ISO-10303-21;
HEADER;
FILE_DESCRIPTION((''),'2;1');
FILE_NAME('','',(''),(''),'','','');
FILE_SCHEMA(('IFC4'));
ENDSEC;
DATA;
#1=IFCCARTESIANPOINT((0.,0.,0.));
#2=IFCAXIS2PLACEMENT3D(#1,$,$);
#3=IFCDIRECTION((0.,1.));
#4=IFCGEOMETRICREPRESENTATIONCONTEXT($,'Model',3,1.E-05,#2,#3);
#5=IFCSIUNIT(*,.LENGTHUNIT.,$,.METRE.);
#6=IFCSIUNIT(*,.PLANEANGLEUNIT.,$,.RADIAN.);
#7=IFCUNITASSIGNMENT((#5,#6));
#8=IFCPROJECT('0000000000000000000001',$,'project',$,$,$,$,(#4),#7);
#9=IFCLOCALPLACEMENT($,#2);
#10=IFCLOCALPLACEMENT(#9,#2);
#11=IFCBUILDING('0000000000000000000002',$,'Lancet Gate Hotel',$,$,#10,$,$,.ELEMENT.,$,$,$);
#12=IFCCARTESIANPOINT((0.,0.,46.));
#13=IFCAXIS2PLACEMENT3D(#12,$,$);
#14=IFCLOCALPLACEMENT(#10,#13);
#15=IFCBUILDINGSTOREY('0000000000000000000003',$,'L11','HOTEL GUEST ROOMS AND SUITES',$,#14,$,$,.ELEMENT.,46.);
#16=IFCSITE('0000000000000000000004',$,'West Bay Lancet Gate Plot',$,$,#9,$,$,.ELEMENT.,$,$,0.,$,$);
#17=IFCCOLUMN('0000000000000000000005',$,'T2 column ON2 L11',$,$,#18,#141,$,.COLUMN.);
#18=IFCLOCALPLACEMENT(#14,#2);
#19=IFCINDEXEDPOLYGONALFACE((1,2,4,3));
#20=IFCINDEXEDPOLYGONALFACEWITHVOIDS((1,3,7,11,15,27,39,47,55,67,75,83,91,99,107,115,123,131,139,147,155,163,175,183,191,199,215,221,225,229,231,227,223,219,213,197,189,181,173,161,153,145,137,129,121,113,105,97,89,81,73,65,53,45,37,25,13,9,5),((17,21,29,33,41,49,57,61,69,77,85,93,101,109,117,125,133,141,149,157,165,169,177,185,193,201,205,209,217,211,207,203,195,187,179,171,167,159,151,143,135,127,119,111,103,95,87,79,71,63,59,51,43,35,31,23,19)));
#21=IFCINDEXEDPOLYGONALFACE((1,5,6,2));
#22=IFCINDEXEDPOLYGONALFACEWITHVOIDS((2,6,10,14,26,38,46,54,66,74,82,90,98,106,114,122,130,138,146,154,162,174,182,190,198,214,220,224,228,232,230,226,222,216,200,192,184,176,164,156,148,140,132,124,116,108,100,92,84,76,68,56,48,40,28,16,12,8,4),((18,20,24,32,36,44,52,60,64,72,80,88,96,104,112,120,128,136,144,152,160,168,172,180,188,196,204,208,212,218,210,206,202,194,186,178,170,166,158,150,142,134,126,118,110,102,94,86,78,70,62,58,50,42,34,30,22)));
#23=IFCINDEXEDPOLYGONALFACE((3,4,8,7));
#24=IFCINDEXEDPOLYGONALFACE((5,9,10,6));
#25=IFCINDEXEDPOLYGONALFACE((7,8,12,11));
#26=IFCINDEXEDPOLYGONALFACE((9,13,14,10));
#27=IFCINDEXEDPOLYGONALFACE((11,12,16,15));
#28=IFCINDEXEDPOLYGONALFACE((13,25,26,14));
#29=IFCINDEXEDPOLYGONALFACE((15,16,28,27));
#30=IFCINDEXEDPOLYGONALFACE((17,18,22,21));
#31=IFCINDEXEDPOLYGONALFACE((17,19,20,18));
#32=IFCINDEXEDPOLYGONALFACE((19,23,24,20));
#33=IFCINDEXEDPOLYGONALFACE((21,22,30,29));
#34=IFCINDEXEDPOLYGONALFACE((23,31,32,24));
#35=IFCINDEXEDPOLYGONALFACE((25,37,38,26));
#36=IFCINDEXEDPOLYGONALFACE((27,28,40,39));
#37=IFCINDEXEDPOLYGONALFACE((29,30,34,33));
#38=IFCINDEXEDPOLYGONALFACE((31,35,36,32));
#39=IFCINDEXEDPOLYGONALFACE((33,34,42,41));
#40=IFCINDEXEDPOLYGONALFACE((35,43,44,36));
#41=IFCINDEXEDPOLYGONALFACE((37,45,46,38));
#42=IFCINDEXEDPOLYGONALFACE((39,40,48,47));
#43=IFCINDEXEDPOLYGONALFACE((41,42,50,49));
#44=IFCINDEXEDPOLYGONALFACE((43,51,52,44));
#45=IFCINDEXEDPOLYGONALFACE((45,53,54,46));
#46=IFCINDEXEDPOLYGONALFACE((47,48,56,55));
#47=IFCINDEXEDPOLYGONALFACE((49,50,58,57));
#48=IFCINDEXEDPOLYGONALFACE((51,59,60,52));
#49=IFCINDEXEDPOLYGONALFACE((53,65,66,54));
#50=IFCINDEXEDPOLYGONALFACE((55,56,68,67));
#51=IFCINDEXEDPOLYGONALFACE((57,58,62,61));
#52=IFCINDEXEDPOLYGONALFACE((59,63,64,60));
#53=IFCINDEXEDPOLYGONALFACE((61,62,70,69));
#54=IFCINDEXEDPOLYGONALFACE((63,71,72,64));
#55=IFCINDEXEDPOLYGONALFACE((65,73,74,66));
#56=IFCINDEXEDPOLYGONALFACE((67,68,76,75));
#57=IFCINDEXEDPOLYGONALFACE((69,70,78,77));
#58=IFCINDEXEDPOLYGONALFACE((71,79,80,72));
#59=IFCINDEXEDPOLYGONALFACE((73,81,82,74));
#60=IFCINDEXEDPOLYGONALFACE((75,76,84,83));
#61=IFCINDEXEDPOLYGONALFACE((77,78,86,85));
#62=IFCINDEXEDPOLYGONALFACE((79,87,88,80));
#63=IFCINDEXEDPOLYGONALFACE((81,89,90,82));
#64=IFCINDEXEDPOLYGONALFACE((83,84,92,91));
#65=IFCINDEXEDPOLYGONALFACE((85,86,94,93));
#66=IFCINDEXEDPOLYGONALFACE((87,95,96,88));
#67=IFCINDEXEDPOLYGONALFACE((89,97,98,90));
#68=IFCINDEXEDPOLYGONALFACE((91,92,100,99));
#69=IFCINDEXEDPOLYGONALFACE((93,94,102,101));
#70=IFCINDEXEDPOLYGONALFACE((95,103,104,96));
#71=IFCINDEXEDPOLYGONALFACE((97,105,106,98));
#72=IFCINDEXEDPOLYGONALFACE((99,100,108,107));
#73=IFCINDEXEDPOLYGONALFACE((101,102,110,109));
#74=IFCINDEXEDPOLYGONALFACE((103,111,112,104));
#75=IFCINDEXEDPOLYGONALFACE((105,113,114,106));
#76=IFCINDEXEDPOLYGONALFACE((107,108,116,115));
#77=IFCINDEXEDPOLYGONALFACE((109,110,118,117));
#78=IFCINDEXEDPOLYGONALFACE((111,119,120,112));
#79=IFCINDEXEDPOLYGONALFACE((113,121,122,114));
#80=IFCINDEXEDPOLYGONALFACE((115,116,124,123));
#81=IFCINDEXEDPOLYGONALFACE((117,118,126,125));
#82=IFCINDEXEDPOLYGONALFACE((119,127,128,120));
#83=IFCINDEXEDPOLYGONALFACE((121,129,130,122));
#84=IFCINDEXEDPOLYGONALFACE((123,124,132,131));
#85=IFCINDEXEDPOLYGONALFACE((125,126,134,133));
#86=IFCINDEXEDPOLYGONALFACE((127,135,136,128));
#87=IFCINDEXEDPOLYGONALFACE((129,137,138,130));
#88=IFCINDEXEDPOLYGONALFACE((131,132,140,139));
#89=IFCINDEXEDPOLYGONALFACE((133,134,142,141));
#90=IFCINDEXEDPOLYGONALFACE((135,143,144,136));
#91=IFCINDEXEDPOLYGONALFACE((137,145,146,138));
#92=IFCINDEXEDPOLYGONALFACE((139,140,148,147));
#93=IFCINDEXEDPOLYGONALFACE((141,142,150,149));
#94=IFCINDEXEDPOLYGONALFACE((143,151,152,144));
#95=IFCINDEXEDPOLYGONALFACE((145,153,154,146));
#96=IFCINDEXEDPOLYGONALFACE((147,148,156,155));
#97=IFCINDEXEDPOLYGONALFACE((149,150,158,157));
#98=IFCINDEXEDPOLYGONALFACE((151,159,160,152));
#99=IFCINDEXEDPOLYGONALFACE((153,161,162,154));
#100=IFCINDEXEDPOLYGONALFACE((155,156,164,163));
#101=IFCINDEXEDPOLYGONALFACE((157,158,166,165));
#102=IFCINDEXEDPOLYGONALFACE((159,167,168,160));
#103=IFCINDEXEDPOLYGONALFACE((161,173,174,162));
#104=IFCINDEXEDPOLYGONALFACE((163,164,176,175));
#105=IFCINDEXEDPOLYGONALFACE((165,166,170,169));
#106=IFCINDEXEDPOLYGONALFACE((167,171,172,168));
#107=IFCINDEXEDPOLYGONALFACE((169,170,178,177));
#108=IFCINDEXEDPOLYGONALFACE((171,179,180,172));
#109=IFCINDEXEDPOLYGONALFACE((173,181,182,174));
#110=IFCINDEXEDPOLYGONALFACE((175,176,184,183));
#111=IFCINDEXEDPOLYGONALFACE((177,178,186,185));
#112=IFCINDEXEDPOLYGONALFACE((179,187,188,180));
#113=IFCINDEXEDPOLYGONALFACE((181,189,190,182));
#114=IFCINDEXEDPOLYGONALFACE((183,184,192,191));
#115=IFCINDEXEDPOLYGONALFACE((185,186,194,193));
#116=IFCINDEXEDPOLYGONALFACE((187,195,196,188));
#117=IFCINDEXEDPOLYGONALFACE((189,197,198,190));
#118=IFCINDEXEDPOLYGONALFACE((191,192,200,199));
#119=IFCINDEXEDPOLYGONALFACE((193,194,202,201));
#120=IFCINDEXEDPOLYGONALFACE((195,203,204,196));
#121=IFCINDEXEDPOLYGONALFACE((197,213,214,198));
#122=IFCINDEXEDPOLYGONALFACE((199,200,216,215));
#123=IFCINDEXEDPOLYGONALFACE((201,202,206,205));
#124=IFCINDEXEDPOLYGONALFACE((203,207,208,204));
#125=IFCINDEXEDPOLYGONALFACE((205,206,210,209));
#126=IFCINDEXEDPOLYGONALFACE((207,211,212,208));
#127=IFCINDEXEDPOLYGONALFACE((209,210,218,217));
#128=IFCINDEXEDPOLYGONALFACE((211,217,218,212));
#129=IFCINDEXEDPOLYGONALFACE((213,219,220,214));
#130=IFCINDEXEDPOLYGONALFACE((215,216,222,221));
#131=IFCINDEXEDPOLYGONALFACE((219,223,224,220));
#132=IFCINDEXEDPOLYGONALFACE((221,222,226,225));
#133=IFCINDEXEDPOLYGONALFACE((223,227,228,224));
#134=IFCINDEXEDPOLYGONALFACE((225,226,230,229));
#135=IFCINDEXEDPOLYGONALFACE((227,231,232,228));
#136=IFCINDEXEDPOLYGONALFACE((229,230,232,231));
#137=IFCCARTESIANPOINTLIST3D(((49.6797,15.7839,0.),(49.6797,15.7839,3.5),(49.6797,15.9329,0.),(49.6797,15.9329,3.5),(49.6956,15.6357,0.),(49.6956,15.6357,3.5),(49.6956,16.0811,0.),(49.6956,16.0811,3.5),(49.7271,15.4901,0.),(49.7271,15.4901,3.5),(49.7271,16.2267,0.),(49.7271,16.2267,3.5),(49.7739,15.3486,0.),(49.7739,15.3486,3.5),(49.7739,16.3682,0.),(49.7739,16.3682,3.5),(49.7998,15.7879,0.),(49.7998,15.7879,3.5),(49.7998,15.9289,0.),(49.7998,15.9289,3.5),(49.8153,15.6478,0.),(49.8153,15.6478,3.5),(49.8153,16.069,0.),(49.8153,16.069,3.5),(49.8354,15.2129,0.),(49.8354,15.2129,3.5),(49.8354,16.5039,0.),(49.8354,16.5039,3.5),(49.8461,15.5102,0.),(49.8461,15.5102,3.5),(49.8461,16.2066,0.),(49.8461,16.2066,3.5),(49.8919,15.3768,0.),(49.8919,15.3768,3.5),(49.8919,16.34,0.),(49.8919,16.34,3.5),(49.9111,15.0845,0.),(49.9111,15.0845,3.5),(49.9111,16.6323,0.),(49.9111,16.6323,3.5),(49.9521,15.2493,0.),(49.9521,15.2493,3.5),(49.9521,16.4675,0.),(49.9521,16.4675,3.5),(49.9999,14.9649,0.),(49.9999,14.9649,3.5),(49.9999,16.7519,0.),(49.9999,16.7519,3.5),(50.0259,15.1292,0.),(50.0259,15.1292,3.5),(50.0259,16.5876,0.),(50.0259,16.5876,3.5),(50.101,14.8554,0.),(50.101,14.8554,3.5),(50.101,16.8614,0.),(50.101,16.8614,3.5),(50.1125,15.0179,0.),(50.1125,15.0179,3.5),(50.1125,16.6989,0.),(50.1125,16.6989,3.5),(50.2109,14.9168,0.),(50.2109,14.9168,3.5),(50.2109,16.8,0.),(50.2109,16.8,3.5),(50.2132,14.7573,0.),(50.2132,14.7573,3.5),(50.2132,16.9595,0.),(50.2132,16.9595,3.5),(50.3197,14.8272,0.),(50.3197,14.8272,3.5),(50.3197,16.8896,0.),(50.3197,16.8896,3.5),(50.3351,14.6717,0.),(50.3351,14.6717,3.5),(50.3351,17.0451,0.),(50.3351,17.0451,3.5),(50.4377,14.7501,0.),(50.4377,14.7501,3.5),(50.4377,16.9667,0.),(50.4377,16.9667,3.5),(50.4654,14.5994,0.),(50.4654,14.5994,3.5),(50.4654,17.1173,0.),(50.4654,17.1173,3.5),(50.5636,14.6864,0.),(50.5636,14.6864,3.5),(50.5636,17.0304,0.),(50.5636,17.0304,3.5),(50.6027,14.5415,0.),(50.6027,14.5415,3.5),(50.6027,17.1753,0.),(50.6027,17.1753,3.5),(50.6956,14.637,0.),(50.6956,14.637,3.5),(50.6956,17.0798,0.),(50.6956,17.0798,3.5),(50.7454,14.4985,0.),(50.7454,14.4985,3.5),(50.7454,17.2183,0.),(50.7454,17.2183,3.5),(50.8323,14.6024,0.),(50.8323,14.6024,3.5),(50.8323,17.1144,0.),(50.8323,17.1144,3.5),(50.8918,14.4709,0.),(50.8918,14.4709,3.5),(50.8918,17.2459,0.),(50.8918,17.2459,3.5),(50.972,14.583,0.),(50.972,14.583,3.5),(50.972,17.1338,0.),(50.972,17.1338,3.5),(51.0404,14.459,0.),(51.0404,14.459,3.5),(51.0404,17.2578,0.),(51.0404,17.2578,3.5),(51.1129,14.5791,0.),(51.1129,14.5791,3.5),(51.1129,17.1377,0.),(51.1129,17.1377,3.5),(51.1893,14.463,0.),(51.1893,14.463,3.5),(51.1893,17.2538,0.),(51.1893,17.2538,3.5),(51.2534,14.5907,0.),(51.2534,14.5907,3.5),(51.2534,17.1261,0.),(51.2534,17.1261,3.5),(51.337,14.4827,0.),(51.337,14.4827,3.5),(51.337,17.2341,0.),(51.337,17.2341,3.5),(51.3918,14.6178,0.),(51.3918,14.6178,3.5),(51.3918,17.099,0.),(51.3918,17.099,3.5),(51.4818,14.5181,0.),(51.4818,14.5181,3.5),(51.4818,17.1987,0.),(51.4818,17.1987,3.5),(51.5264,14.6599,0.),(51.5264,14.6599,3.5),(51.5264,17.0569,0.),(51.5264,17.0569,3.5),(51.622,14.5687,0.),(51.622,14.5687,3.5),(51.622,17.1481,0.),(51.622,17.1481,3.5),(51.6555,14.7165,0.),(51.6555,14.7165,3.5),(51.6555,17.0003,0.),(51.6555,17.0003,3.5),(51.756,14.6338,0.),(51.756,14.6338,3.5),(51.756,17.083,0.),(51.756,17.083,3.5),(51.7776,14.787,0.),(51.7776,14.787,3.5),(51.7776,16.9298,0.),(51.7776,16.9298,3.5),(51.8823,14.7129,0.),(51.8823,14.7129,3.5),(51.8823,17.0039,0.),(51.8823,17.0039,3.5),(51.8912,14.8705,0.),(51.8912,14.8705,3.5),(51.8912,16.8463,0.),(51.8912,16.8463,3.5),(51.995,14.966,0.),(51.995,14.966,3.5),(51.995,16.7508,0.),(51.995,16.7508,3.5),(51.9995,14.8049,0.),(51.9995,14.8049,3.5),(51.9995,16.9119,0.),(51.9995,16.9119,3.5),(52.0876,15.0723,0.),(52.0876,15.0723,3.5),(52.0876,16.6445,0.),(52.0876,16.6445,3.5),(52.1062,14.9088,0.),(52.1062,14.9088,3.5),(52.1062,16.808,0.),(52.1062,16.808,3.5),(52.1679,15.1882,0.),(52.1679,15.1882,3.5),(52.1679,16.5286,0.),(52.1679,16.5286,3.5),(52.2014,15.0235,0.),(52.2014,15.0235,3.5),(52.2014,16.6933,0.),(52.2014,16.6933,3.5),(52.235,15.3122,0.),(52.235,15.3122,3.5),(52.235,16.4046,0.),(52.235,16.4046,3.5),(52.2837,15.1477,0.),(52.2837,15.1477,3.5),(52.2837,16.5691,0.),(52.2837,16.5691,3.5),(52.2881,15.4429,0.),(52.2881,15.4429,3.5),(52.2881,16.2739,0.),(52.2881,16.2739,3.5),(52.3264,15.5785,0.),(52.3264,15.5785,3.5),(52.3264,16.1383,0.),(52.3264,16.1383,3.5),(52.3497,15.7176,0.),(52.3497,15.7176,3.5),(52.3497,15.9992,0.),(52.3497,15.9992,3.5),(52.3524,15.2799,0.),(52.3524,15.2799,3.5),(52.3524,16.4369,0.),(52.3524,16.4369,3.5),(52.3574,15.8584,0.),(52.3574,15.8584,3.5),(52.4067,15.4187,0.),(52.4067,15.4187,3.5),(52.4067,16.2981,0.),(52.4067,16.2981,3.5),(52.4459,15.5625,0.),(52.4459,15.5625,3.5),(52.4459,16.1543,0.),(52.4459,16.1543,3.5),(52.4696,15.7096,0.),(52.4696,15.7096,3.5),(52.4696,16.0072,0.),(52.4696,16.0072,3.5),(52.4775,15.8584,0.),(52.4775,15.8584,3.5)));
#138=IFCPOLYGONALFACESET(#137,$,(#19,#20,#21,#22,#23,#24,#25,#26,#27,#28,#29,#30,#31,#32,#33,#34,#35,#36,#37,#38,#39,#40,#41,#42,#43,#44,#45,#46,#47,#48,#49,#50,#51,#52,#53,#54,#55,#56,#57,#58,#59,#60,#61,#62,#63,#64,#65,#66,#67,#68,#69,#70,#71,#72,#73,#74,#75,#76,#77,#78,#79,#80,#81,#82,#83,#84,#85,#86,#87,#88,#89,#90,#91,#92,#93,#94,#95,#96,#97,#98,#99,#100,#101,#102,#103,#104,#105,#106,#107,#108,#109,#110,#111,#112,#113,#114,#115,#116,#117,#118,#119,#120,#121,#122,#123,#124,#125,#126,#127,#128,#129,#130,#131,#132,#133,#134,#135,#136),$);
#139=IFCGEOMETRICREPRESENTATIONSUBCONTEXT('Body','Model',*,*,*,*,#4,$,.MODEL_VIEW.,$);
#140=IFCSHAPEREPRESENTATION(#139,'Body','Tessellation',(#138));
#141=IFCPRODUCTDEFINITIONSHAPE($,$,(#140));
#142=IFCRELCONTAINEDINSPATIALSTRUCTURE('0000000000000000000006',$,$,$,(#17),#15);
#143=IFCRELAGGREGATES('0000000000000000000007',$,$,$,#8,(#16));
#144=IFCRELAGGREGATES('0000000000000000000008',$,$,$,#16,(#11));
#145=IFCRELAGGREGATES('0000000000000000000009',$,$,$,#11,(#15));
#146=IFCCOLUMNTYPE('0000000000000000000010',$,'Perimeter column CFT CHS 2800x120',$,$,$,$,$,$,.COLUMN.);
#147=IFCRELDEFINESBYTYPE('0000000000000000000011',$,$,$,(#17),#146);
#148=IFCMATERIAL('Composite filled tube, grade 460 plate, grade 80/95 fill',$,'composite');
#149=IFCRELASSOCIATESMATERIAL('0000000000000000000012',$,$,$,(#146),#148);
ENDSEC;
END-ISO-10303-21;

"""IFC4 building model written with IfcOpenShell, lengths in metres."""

from ifc_helpers import new_model, si_unit, direction, frame, origin, origin_2d, place, context, subcontext, project, spatial, hollow_circle, extrude, material, material_profile, profile_set, type_object, element, save


model = new_model("IFC4")

# Units and contexts
model_context = context("Model", 3, precision=1e-05, world=origin(), true_north=direction((0.0, 1.0)))
body_context = subcontext(model_context, "Body", "Model", "MODEL_VIEW")
ifc_project = project(units=[si_unit("LENGTHUNIT", "METRE"), si_unit("PLANEANGLEUNIT", "RADIAN")], contexts=[model_context])

# Site, building, storey
site_placement = place(None, origin())
site = spatial("IfcSite", under=ifc_project, at=site_placement, Name="West Bay Lancet Gate Plot", CompositionType="ELEMENT", RefElevation=0.0)
building_placement = place(site_placement, origin())
building = spatial("IfcBuilding", under=site, at=building_placement, Name="Lancet Gate Hotel", CompositionType="ELEMENT")
storey_placement = place(building_placement, frame((0.0, 0.0, 46.0)))
storey = spatial("IfcBuildingStorey", under=building, at=storey_placement, Name="L11", Description="HOTEL GUEST ROOMS AND SUITES", CompositionType="ELEMENT", Elevation=46.0)

# Column
ifc_material_1 = material(Name="Composite filled tube, grade 460 plate, grade 80/95 fill", Category="composite")
ifc_material_profile_1 = material_profile(ifc_material_1, hollow_circle(Radius=1.3999, WallThickness=0.1201, at=origin_2d()), Name="CHS 2800x120")
ifc_profile_set_1 = profile_set([ifc_material_profile_1], Name="Composite filled tube, grade 460 plate, grade 80/95 fill")
column_type = type_object("IfcColumnType", Name="Perimeter column CFT CHS 2800x120", PredefinedType="COLUMN", material=ifc_profile_set_1)
for number, where, z_axis, x_axis, name in (
    (1, (51.0776, 15.8584, 0.0), (0.0, 0.0, 1.0), (1.0, 0.0, 0.0), "T2 column ON2 L11"),
):
    element("IfcColumn", number, at=place(storey_placement, frame(where, z_axis=z_axis, x_axis=x_axis)), inside=storey, type_object=column_type, Name=name, PredefinedType="COLUMN", context=body_context, shape_type="SweptSolid", body=[
        extrude(hollow_circle(Radius=1.3999, WallThickness=0.1201, at=origin_2d()), origin(), (0.0, 0.0, 1.0), 3.5),
    ])

save(model, "model.ifc")
